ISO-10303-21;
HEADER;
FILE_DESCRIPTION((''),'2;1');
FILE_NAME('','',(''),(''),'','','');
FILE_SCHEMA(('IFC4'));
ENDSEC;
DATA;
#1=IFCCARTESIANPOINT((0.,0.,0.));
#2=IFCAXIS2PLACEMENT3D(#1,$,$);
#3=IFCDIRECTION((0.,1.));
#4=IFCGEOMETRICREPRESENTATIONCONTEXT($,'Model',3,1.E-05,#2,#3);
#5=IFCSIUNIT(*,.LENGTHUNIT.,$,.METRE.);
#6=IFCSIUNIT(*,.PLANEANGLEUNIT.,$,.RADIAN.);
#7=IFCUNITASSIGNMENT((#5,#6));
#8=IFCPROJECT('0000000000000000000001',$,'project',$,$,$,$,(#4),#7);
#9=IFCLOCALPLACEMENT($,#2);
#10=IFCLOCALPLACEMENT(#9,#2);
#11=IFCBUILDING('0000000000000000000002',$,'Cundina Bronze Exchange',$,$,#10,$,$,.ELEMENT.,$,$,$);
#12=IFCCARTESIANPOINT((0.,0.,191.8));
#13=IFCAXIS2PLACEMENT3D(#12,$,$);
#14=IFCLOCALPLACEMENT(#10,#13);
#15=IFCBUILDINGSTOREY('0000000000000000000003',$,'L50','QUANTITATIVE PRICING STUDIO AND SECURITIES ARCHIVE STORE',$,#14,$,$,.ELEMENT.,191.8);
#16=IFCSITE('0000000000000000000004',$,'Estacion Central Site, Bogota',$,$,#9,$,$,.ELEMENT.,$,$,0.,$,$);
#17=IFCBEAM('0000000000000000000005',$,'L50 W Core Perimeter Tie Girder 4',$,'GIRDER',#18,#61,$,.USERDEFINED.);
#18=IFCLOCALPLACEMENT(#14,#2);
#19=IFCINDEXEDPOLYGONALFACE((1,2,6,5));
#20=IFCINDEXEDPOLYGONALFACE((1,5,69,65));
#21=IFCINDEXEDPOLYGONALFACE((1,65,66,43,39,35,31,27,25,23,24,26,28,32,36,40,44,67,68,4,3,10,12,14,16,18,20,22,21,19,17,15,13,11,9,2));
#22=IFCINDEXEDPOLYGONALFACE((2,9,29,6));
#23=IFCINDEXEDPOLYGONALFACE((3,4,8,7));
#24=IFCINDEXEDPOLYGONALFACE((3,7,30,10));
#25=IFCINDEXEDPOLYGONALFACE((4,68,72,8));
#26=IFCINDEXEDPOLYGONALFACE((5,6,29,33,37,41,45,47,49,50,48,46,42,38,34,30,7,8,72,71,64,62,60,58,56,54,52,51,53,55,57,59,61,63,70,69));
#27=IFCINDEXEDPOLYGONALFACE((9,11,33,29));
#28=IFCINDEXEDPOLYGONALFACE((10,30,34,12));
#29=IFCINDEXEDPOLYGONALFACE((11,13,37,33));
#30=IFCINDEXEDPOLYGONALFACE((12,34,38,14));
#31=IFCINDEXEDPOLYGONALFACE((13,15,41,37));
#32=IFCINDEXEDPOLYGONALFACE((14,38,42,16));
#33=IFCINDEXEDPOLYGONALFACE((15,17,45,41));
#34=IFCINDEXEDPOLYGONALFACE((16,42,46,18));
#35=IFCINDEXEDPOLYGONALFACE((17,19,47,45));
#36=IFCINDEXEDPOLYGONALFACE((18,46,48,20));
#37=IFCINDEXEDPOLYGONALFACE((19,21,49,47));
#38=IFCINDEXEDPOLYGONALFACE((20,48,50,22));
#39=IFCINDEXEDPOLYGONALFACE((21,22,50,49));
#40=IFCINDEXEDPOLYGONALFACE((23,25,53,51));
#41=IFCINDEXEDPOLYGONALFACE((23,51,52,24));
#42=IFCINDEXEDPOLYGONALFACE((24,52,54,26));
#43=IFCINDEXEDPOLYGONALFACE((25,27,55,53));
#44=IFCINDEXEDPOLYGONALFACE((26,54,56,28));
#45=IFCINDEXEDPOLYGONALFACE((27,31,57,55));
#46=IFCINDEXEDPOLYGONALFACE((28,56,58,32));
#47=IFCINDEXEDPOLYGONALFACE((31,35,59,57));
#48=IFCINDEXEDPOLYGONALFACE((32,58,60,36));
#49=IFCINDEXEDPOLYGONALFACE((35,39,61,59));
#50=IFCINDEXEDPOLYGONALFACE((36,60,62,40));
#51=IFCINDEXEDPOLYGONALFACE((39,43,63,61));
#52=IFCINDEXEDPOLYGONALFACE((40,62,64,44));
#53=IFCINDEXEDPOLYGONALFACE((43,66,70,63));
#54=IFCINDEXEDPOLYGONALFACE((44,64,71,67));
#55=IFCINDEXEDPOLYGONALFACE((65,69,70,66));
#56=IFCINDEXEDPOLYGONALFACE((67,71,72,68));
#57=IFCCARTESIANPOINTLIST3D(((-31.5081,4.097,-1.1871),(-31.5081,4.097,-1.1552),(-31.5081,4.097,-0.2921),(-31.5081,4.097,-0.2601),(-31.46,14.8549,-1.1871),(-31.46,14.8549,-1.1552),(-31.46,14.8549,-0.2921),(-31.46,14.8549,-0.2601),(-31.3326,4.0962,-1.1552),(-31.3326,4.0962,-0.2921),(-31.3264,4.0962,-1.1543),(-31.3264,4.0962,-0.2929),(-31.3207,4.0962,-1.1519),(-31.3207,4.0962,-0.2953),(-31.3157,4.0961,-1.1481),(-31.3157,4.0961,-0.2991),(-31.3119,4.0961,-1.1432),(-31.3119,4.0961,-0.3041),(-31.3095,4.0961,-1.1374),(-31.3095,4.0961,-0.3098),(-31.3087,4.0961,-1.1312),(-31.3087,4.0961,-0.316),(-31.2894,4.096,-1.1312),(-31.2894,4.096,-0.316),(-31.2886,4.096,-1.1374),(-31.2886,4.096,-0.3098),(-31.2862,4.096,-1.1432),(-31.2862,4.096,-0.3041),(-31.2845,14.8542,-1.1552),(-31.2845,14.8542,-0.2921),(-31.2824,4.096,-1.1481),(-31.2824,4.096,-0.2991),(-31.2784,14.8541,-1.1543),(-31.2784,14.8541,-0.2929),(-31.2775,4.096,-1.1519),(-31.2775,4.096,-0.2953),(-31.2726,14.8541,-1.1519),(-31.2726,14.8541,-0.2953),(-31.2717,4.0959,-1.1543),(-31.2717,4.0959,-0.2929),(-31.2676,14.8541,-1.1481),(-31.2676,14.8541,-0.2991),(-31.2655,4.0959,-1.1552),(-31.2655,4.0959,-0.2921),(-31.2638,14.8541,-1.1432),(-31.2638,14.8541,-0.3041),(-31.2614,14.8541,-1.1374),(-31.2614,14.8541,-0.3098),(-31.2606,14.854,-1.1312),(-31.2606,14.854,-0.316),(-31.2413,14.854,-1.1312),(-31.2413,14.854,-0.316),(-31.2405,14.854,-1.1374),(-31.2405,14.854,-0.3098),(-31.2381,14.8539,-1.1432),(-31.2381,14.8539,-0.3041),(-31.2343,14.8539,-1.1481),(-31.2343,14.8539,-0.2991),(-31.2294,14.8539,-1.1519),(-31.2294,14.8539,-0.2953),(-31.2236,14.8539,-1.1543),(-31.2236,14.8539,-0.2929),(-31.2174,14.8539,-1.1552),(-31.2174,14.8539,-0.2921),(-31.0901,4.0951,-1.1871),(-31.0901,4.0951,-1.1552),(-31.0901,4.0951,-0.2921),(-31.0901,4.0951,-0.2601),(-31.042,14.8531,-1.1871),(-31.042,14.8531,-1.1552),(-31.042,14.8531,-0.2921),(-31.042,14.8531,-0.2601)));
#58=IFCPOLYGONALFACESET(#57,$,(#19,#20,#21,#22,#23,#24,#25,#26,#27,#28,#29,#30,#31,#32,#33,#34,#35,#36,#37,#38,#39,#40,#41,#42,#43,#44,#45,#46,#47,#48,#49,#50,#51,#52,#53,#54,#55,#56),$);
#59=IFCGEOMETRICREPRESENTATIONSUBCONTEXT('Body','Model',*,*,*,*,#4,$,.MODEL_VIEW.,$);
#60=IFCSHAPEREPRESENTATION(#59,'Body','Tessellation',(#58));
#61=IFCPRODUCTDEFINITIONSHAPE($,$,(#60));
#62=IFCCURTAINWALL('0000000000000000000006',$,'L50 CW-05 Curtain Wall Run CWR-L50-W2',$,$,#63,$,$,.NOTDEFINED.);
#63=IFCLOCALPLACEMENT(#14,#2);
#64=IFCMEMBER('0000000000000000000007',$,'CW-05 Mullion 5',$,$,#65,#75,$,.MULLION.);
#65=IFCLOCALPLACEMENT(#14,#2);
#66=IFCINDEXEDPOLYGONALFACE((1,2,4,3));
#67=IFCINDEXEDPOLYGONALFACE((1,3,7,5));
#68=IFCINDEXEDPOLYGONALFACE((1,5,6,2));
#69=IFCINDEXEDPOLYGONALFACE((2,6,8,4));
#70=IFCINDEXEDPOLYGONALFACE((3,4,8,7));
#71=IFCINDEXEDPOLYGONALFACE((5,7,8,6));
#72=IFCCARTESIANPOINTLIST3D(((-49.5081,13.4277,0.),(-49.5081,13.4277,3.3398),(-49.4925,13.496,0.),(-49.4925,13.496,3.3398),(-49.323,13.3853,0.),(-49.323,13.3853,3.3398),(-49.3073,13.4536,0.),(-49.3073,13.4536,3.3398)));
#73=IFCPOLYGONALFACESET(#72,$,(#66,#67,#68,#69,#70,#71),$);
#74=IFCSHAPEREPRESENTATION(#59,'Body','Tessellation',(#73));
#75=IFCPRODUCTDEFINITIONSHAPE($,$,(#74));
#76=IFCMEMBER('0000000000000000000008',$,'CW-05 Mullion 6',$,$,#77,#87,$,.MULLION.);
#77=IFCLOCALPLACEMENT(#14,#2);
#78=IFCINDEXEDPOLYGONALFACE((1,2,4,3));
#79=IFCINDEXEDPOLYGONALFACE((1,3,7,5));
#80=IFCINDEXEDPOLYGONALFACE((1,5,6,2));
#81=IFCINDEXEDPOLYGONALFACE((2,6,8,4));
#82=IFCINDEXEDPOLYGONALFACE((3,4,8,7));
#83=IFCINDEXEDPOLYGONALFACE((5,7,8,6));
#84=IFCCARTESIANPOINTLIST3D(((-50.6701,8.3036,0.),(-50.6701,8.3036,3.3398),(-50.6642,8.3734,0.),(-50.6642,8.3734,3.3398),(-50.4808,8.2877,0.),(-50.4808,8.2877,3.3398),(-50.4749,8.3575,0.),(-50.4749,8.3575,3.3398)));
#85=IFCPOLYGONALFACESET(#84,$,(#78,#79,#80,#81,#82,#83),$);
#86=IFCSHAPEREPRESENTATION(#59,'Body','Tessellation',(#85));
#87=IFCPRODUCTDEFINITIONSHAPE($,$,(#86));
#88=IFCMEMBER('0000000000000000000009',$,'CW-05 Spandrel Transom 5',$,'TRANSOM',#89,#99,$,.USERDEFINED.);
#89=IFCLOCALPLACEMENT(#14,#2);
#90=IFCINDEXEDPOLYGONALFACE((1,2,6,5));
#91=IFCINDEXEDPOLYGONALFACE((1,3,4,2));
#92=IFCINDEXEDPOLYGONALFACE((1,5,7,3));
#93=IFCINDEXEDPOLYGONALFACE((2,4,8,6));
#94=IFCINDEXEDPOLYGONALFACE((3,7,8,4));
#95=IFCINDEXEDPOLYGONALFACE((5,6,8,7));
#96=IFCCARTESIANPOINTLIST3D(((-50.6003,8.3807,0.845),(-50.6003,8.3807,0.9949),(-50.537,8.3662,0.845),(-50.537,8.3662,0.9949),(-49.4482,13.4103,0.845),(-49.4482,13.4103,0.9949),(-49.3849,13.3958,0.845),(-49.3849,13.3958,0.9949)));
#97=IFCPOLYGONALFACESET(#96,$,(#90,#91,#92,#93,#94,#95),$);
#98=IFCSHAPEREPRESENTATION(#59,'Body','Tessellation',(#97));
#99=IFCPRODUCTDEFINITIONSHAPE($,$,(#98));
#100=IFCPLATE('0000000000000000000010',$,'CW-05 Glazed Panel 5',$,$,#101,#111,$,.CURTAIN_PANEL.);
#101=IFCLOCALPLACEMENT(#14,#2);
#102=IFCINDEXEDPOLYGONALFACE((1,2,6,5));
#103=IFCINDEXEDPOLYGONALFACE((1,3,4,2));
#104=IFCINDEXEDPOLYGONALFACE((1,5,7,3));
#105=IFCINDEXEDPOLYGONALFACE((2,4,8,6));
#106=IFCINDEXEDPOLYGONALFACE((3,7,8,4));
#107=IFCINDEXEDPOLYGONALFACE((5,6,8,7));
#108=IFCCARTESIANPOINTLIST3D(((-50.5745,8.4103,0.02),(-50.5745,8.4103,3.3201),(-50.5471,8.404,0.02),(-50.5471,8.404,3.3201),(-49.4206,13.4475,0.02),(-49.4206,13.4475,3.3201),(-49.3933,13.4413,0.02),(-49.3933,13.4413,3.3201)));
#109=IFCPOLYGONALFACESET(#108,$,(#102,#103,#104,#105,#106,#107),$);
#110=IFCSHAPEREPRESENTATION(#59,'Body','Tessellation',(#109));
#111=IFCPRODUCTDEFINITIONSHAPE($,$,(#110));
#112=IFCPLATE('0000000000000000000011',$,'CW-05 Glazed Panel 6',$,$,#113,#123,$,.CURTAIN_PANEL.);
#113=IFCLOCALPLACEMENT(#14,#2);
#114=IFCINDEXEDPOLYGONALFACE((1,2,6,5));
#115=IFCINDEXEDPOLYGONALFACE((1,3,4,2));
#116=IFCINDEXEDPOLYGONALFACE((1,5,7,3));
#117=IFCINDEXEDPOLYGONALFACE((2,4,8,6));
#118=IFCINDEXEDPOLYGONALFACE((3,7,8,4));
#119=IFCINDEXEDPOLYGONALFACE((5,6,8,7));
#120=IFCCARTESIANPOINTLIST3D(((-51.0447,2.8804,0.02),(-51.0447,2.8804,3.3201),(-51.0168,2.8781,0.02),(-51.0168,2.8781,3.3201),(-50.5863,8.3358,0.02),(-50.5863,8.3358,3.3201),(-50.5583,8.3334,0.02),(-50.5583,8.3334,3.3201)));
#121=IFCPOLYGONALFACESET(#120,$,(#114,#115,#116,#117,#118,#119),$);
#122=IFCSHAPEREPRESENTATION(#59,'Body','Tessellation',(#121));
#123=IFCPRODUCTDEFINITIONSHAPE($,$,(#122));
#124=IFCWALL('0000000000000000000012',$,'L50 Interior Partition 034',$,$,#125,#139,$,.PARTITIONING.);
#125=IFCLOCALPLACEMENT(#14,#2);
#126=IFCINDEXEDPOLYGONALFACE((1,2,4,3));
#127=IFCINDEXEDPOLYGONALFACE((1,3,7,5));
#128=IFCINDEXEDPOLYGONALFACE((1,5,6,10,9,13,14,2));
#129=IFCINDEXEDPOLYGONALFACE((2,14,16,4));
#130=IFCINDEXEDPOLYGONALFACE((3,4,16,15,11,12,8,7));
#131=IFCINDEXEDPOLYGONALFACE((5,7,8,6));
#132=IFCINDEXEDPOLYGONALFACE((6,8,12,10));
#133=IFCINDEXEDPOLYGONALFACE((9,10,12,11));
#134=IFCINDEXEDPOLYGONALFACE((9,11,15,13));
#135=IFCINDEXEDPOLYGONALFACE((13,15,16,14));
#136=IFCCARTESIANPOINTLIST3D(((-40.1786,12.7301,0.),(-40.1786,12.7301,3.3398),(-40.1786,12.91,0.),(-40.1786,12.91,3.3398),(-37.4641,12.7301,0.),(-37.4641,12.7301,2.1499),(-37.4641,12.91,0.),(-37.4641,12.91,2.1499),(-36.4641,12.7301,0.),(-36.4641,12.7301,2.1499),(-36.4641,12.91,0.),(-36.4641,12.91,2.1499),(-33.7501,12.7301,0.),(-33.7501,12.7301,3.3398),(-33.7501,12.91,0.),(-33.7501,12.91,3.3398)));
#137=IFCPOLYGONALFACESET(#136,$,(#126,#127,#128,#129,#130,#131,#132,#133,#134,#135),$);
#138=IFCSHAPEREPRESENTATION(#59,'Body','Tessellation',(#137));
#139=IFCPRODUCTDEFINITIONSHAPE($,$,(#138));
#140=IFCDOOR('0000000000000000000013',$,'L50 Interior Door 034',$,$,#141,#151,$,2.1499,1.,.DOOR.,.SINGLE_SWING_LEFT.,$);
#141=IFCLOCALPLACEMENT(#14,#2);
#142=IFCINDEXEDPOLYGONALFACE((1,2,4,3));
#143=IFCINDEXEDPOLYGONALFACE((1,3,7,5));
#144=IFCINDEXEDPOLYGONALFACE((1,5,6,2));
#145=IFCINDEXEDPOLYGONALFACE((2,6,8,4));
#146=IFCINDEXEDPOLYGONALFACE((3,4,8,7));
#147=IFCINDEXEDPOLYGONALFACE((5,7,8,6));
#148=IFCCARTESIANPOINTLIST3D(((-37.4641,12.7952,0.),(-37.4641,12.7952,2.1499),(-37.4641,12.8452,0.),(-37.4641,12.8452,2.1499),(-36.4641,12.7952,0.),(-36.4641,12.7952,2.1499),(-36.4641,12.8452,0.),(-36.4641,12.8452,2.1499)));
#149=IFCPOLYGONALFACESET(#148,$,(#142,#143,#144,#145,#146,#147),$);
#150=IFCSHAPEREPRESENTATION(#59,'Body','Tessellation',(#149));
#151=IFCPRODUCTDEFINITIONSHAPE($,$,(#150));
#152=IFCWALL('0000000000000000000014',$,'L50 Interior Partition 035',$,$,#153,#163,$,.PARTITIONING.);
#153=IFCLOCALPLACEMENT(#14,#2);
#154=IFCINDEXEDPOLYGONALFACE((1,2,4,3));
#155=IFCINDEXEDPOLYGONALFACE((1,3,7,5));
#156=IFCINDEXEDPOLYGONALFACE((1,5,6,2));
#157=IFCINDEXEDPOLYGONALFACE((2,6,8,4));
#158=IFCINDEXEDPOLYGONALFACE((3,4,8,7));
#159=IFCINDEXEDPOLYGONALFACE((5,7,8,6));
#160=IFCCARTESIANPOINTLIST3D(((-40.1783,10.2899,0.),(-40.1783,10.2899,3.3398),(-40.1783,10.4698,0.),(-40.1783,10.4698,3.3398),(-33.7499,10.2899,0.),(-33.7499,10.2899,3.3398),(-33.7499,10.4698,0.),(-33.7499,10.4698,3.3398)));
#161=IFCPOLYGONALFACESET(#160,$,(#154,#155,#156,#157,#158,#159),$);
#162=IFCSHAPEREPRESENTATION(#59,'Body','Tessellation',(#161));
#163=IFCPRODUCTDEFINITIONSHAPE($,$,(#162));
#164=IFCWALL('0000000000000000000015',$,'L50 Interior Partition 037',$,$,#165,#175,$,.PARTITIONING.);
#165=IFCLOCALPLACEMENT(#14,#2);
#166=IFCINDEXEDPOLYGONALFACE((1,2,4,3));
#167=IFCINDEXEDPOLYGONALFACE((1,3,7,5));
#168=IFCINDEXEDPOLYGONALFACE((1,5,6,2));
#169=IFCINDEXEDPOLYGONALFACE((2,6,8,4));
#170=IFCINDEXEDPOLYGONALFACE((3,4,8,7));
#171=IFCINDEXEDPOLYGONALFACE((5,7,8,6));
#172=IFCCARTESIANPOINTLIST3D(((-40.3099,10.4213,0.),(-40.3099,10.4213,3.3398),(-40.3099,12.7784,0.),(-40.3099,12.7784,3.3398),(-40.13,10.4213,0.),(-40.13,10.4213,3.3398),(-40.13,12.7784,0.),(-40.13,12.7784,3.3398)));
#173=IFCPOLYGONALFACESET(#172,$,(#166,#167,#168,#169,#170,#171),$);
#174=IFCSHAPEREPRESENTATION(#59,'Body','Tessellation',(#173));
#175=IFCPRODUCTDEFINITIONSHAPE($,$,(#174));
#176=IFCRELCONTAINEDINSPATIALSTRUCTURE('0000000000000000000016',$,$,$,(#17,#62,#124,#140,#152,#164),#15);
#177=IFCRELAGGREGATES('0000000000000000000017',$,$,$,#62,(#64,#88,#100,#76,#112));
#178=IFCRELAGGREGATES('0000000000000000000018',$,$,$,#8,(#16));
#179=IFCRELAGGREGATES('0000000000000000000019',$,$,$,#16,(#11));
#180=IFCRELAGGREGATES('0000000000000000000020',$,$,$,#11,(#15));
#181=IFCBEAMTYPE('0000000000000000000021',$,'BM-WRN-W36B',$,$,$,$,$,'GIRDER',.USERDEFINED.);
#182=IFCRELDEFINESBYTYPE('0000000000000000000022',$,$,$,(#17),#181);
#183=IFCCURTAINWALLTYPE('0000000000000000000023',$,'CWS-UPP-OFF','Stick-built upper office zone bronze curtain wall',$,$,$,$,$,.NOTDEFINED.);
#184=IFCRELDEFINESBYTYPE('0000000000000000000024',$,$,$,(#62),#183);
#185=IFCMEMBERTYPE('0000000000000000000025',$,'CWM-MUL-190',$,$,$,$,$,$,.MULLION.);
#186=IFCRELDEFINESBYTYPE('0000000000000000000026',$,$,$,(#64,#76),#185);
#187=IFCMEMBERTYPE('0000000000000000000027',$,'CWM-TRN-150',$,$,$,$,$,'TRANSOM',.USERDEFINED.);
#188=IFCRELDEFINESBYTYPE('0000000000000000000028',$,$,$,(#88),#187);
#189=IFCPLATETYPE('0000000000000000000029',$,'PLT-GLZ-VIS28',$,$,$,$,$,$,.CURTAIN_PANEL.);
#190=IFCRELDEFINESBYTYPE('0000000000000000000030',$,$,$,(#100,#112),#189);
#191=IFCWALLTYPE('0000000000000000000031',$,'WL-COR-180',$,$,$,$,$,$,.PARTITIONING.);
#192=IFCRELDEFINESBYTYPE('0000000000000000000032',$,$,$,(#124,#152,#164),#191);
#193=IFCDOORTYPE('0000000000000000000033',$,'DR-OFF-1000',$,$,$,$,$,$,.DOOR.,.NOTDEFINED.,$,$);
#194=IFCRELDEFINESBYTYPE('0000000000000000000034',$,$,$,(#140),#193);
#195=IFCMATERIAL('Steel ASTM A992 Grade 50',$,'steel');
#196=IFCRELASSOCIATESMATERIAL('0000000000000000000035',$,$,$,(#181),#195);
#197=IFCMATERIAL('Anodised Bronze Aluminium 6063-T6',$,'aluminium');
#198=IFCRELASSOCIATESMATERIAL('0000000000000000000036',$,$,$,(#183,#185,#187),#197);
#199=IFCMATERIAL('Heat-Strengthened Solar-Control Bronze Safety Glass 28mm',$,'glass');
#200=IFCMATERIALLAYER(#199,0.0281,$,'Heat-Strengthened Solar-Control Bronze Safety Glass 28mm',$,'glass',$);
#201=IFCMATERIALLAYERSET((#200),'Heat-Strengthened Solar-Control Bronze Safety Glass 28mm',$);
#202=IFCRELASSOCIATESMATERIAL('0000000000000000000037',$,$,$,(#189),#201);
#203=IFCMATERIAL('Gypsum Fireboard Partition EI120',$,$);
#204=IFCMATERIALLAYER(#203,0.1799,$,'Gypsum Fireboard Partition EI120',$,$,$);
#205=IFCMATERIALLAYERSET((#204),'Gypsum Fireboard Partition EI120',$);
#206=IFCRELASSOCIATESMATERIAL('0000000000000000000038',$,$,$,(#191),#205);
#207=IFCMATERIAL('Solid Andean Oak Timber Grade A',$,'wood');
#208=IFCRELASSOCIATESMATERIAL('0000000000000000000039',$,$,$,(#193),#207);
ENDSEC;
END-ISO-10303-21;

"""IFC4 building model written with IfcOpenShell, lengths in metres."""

from ifc_helpers import new_model, si_unit, direction, frame, frame_2d, origin, origin_2d, place, context, subcontext, project, spatial, rectangle, i_section, extrude, material, layer, layer_set, material_profile, profile_set, type_object, element, fill, aggregate, save


model = new_model("IFC4")

# Units and contexts
model_context = context("Model", 3, precision=1e-05, world=origin(), true_north=direction((0.0, 1.0)))
body_context = subcontext(model_context, "Body", "Model", "MODEL_VIEW")
ifc_project = project(units=[si_unit("LENGTHUNIT", "METRE"), si_unit("PLANEANGLEUNIT", "RADIAN")], contexts=[model_context])

# Site, building, storey
site_placement = place(None, origin())
site = spatial("IfcSite", under=ifc_project, at=site_placement, Name="Estacion Central Site, Bogota", CompositionType="ELEMENT", RefElevation=0.0)
building_placement = place(site_placement, origin())
building = spatial("IfcBuilding", under=site, at=building_placement, Name="Cundina Bronze Exchange", CompositionType="ELEMENT")
storey_placement = place(building_placement, frame((0.0, 0.0, 191.8)))
storey = spatial("IfcBuildingStorey", under=building, at=storey_placement, Name="L50", Description="QUANTITATIVE PRICING STUDIO AND SECURITIES ARCHIVE STORE", CompositionType="ELEMENT", Elevation=191.8)

# Shared definitions
ifc_material_1 = material(Name="Steel ASTM A992 Grade 50", Category="steel")

# Beam
ifc_material_profile_1 = material_profile(ifc_material_1, i_section(OverallWidth=0.418, OverallDepth=0.927, WebThickness=0.0193, FlangeThickness=0.032, FilletRadius=0.0239, at=origin_2d()), Name="W36X231", Category="steel")
ifc_profile_set_1 = profile_set([ifc_material_profile_1], Name="Steel ASTM A992 Grade 50")
beam_type_1 = type_object("IfcBeamType", Name="BM-WRN-W36B", ElementType="GIRDER", PredefinedType="USERDEFINED", material=ifc_profile_set_1)
beam_1_placement = place(storey_placement, frame((-31.251, 14.854, -0.7236), z_axis=(-0.004471, -0.99999, 0.0), x_axis=(0.99999, -0.004471, 0.0)))
element("IfcBeam", 1, at=beam_1_placement, inside=storey, type_object=beam_type_1, Name="L50 W Core Perimeter Tie Girder 4", ObjectType="GIRDER", PredefinedType="USERDEFINED", context=body_context, shape_type="SweptSolid", body=[
    extrude(i_section(OverallWidth=0.418, OverallDepth=0.927, WebThickness=0.0193, FlangeThickness=0.032, FilletRadius=0.0239, at=origin_2d()), origin(), (0.0, 0.0, 1.0), 10.7581),
])

# Curtain wall, members, plates
ifc_material_2 = material(Name="Anodised Bronze Aluminium 6063-T6", Category="aluminium")
curtain_wall_type = type_object("IfcCurtainWallType", Name="CWS-UPP-OFF", Description="Stick-built upper office zone bronze curtain wall", PredefinedType="NOTDEFINED", material=ifc_material_2)
curtain_wall_placement = place(storey_placement, origin())
curtain_wall = element("IfcCurtainWall", 2, at=curtain_wall_placement, inside=storey, type_object=curtain_wall_type, Name="L50 CW-05 Curtain Wall Run CWR-L50-W2", PredefinedType="NOTDEFINED")
ifc_material_profile_2 = material_profile(ifc_material_2, rectangle(XDim=0.0701, YDim=0.1899, at=origin_2d()), Name="AL70X190", Category="aluminium")
ifc_profile_set_2 = profile_set([ifc_material_profile_2], Name="Anodised Bronze Aluminium 6063-T6")
member_type_1 = type_object("IfcMemberType", Name="CWM-MUL-190", PredefinedType="MULLION", material=ifc_profile_set_2)
member_1_placement = place(storey_placement, frame((-49.4077, 13.4407, 0.0), z_axis=(0.0, 0.0, 1.0), x_axis=(-0.22325, -0.974761, 0.0)))
member_1 = element("IfcMember", 3, at=member_1_placement, type_object=member_type_1, Name="CW-05 Mullion 5", PredefinedType="MULLION", context=body_context, shape_type="SweptSolid", body=[
    extrude(rectangle(XDim=0.0701, YDim=0.1899, at=origin_2d()), origin(), (0.0, 0.0, 1.0), 3.3398),
])
member_2_placement = place(storey_placement, frame((-50.5725, 8.3306, 0.0), z_axis=(0.0, 0.0, 1.0), x_axis=(-0.083678, -0.996493, 0.0)))
member_2 = element("IfcMember", 4, at=member_2_placement, type_object=member_type_1, Name="CW-05 Mullion 6", PredefinedType="MULLION", context=body_context, shape_type="SweptSolid", body=[
    extrude(rectangle(XDim=0.0701, YDim=0.1899, at=origin_2d()), origin(), (0.0, 0.0, 1.0), 3.3398),
])
ifc_material_profile_3 = material_profile(ifc_material_2, rectangle(XDim=0.0649, YDim=0.1499, at=origin_2d()), Name="AL65X150", Category="aluminium")
ifc_profile_set_3 = profile_set([ifc_material_profile_3], Name="Anodised Bronze Aluminium 6063-T6")
member_type_2 = type_object("IfcMemberType", Name="CWM-TRN-150", ElementType="TRANSOM", PredefinedType="USERDEFINED", material=ifc_profile_set_3)
member_3_placement = place(storey_placement, frame((-49.4165, 13.4031, 0.9199), z_axis=(-0.223283, -0.974754, 0.0), x_axis=(0.974754, -0.223283, 0.0)))
member_3 = element("IfcMember", 5, at=member_3_placement, type_object=member_type_2, Name="CW-05 Spandrel Transom 5", ObjectType="TRANSOM", PredefinedType="USERDEFINED", context=body_context, shape_type="SweptSolid", body=[
    extrude(rectangle(XDim=0.0649, YDim=0.1499, at=origin_2d()), origin(), (0.0, 0.0, 1.0), 5.1599),
])
ifc_material_3 = material(Name="Heat-Strengthened Solar-Control Bronze Safety Glass 28mm", Category="glass")
ifc_layer_1 = layer(ifc_material_3, 0.0281, Name="Heat-Strengthened Solar-Control Bronze Safety Glass 28mm", Category="glass")
ifc_layer_set_1 = layer_set([ifc_layer_1], Name="Heat-Strengthened Solar-Control Bronze Safety Glass 28mm")
plate_type = type_object("IfcPlateType", Name="PLT-GLZ-VIS28", PredefinedType="CURTAIN_PANEL", material=ifc_layer_set_1)
plate_1_placement = place(storey_placement, frame((-49.9839, 10.9258, 0.02), z_axis=(0.0, 0.0, 1.0), x_axis=(-0.223284, -0.974753, 0.0)))
plate_1 = element("IfcPlate", 6, at=plate_1_placement, type_object=plate_type, Name="CW-05 Glazed Panel 5", PredefinedType="CURTAIN_PANEL", context=body_context, shape_type="SweptSolid", body=[
    extrude(rectangle(XDim=5.1677, YDim=0.0281, at=origin_2d()), origin(), (0.0, 0.0, 1.0), 3.3),
])
plate_2_placement = place(storey_placement, frame((-50.8015, 5.6069, 0.02), z_axis=(0.0, 0.0, 1.0), x_axis=(-0.083747, -0.996487, 0.0)))
plate_2 = element("IfcPlate", 7, at=plate_2_placement, type_object=plate_type, Name="CW-05 Glazed Panel 6", PredefinedType="CURTAIN_PANEL", context=body_context, shape_type="SweptSolid", body=[
    extrude(rectangle(XDim=5.4746, YDim=0.0281, at=origin_2d()), origin(), (0.0, 0.0, 1.0), 3.3),
])
aggregate(curtain_wall, [member_1, member_3, plate_1, member_2, plate_2])

# Wall, opening, door
ifc_material_4 = material(Name="Gypsum Fireboard Partition EI120")
ifc_layer_2 = layer(ifc_material_4, 0.1799, Name="Gypsum Fireboard Partition EI120")
ifc_layer_set_2 = layer_set([ifc_layer_2], Name="Gypsum Fireboard Partition EI120")
wall_type_1 = type_object("IfcWallType", Name="WL-COR-180", PredefinedType="PARTITIONING", material=ifc_layer_set_2)
ifc_material_5 = material(Name="Solid Andean Oak Timber Grade A", Category="wood")
door_type_1 = type_object("IfcDoorType", Name="DR-OFF-1000", OperationType="NOTDEFINED", PredefinedType="DOOR", material=ifc_material_5)
wall_1_placement = place(storey_placement, frame((-33.75, 12.8201, 0.0), z_axis=(0.0, 0.0, 1.0), x_axis=(-1.0, 0.0, 0.0)))
wall_1 = element("IfcWall", 8, at=wall_1_placement, inside=storey, type_object=wall_type_1, Name="L50 Interior Partition 034", PredefinedType="PARTITIONING", context=body_context, shape_type="SweptSolid", body=[
    extrude(rectangle(XDim=6.4285, YDim=0.1799, at=frame_2d((3.2144, 0.0))), origin(), (0.0, 0.0, 1.0), 3.3398),
])
opening_1_placement = place(wall_1_placement, frame((2.7141, 0.0, 0.0)))
opening_1 = element("IfcOpeningElement", 9, at=opening_1_placement, cuts=wall_1, PredefinedType="OPENING", context=body_context, shape_type="SweptSolid", body=[
    extrude(rectangle(XDim=1.0, YDim=2.1499, at=frame_2d((0.5, 1.075))), frame((0.0, 0.0999, 0.0), z_axis=(0.0, -1.0, 0.0), x_axis=(1.0, 0.0, 0.0)), (0.0, 0.0, 1.0), 0.2),
])
door_1_placement = place(opening_1_placement, origin())
door_1 = element("IfcDoor", 10, at=door_1_placement, inside=storey, type_object=door_type_1, Name="L50 Interior Door 034", OperationType="SINGLE_SWING_LEFT", OverallHeight=2.1499, OverallWidth=1.0, PredefinedType="DOOR", context=body_context, shape_type="SweptSolid", body=[
    extrude(rectangle(XDim=1.0, YDim=2.1499, at=frame_2d((0.5, 1.075))), frame((0.0, 0.0249, 0.0), z_axis=(0.0, -1.0, 0.0), x_axis=(1.0, 0.0, 0.0)), (0.0, 0.0, 1.0), 0.05),
])
fill(opening_1, door_1)

# Walls
wall_2_placement = place(storey_placement, frame((-40.1785, 10.3799, 0.0), z_axis=(0.0, 0.0, 1.0), x_axis=(1.0, 0.0, 0.0)))
element("IfcWall", 11, at=wall_2_placement, inside=storey, type_object=wall_type_1, Name="L50 Interior Partition 035", PredefinedType="PARTITIONING", context=body_context, shape_type="SweptSolid", body=[
    extrude(rectangle(XDim=6.4285, YDim=0.1799, at=frame_2d((3.2144, 0.0))), origin(), (0.0, 0.0, 1.0), 3.3398),
])
wall_3_placement = place(storey_placement, frame((-40.22, 12.7786, 0.0), z_axis=(0.0, 0.0, 1.0), x_axis=(0.0, -1.0, 0.0)))
element("IfcWall", 12, at=wall_3_placement, inside=storey, type_object=wall_type_1, Name="L50 Interior Partition 037", PredefinedType="PARTITIONING", context=body_context, shape_type="SweptSolid", body=[
    extrude(rectangle(XDim=2.3572, YDim=0.1799, at=frame_2d((1.1787, 0.0))), origin(), (0.0, 0.0, 1.0), 3.3398),
])

save(model, "model.ifc")
